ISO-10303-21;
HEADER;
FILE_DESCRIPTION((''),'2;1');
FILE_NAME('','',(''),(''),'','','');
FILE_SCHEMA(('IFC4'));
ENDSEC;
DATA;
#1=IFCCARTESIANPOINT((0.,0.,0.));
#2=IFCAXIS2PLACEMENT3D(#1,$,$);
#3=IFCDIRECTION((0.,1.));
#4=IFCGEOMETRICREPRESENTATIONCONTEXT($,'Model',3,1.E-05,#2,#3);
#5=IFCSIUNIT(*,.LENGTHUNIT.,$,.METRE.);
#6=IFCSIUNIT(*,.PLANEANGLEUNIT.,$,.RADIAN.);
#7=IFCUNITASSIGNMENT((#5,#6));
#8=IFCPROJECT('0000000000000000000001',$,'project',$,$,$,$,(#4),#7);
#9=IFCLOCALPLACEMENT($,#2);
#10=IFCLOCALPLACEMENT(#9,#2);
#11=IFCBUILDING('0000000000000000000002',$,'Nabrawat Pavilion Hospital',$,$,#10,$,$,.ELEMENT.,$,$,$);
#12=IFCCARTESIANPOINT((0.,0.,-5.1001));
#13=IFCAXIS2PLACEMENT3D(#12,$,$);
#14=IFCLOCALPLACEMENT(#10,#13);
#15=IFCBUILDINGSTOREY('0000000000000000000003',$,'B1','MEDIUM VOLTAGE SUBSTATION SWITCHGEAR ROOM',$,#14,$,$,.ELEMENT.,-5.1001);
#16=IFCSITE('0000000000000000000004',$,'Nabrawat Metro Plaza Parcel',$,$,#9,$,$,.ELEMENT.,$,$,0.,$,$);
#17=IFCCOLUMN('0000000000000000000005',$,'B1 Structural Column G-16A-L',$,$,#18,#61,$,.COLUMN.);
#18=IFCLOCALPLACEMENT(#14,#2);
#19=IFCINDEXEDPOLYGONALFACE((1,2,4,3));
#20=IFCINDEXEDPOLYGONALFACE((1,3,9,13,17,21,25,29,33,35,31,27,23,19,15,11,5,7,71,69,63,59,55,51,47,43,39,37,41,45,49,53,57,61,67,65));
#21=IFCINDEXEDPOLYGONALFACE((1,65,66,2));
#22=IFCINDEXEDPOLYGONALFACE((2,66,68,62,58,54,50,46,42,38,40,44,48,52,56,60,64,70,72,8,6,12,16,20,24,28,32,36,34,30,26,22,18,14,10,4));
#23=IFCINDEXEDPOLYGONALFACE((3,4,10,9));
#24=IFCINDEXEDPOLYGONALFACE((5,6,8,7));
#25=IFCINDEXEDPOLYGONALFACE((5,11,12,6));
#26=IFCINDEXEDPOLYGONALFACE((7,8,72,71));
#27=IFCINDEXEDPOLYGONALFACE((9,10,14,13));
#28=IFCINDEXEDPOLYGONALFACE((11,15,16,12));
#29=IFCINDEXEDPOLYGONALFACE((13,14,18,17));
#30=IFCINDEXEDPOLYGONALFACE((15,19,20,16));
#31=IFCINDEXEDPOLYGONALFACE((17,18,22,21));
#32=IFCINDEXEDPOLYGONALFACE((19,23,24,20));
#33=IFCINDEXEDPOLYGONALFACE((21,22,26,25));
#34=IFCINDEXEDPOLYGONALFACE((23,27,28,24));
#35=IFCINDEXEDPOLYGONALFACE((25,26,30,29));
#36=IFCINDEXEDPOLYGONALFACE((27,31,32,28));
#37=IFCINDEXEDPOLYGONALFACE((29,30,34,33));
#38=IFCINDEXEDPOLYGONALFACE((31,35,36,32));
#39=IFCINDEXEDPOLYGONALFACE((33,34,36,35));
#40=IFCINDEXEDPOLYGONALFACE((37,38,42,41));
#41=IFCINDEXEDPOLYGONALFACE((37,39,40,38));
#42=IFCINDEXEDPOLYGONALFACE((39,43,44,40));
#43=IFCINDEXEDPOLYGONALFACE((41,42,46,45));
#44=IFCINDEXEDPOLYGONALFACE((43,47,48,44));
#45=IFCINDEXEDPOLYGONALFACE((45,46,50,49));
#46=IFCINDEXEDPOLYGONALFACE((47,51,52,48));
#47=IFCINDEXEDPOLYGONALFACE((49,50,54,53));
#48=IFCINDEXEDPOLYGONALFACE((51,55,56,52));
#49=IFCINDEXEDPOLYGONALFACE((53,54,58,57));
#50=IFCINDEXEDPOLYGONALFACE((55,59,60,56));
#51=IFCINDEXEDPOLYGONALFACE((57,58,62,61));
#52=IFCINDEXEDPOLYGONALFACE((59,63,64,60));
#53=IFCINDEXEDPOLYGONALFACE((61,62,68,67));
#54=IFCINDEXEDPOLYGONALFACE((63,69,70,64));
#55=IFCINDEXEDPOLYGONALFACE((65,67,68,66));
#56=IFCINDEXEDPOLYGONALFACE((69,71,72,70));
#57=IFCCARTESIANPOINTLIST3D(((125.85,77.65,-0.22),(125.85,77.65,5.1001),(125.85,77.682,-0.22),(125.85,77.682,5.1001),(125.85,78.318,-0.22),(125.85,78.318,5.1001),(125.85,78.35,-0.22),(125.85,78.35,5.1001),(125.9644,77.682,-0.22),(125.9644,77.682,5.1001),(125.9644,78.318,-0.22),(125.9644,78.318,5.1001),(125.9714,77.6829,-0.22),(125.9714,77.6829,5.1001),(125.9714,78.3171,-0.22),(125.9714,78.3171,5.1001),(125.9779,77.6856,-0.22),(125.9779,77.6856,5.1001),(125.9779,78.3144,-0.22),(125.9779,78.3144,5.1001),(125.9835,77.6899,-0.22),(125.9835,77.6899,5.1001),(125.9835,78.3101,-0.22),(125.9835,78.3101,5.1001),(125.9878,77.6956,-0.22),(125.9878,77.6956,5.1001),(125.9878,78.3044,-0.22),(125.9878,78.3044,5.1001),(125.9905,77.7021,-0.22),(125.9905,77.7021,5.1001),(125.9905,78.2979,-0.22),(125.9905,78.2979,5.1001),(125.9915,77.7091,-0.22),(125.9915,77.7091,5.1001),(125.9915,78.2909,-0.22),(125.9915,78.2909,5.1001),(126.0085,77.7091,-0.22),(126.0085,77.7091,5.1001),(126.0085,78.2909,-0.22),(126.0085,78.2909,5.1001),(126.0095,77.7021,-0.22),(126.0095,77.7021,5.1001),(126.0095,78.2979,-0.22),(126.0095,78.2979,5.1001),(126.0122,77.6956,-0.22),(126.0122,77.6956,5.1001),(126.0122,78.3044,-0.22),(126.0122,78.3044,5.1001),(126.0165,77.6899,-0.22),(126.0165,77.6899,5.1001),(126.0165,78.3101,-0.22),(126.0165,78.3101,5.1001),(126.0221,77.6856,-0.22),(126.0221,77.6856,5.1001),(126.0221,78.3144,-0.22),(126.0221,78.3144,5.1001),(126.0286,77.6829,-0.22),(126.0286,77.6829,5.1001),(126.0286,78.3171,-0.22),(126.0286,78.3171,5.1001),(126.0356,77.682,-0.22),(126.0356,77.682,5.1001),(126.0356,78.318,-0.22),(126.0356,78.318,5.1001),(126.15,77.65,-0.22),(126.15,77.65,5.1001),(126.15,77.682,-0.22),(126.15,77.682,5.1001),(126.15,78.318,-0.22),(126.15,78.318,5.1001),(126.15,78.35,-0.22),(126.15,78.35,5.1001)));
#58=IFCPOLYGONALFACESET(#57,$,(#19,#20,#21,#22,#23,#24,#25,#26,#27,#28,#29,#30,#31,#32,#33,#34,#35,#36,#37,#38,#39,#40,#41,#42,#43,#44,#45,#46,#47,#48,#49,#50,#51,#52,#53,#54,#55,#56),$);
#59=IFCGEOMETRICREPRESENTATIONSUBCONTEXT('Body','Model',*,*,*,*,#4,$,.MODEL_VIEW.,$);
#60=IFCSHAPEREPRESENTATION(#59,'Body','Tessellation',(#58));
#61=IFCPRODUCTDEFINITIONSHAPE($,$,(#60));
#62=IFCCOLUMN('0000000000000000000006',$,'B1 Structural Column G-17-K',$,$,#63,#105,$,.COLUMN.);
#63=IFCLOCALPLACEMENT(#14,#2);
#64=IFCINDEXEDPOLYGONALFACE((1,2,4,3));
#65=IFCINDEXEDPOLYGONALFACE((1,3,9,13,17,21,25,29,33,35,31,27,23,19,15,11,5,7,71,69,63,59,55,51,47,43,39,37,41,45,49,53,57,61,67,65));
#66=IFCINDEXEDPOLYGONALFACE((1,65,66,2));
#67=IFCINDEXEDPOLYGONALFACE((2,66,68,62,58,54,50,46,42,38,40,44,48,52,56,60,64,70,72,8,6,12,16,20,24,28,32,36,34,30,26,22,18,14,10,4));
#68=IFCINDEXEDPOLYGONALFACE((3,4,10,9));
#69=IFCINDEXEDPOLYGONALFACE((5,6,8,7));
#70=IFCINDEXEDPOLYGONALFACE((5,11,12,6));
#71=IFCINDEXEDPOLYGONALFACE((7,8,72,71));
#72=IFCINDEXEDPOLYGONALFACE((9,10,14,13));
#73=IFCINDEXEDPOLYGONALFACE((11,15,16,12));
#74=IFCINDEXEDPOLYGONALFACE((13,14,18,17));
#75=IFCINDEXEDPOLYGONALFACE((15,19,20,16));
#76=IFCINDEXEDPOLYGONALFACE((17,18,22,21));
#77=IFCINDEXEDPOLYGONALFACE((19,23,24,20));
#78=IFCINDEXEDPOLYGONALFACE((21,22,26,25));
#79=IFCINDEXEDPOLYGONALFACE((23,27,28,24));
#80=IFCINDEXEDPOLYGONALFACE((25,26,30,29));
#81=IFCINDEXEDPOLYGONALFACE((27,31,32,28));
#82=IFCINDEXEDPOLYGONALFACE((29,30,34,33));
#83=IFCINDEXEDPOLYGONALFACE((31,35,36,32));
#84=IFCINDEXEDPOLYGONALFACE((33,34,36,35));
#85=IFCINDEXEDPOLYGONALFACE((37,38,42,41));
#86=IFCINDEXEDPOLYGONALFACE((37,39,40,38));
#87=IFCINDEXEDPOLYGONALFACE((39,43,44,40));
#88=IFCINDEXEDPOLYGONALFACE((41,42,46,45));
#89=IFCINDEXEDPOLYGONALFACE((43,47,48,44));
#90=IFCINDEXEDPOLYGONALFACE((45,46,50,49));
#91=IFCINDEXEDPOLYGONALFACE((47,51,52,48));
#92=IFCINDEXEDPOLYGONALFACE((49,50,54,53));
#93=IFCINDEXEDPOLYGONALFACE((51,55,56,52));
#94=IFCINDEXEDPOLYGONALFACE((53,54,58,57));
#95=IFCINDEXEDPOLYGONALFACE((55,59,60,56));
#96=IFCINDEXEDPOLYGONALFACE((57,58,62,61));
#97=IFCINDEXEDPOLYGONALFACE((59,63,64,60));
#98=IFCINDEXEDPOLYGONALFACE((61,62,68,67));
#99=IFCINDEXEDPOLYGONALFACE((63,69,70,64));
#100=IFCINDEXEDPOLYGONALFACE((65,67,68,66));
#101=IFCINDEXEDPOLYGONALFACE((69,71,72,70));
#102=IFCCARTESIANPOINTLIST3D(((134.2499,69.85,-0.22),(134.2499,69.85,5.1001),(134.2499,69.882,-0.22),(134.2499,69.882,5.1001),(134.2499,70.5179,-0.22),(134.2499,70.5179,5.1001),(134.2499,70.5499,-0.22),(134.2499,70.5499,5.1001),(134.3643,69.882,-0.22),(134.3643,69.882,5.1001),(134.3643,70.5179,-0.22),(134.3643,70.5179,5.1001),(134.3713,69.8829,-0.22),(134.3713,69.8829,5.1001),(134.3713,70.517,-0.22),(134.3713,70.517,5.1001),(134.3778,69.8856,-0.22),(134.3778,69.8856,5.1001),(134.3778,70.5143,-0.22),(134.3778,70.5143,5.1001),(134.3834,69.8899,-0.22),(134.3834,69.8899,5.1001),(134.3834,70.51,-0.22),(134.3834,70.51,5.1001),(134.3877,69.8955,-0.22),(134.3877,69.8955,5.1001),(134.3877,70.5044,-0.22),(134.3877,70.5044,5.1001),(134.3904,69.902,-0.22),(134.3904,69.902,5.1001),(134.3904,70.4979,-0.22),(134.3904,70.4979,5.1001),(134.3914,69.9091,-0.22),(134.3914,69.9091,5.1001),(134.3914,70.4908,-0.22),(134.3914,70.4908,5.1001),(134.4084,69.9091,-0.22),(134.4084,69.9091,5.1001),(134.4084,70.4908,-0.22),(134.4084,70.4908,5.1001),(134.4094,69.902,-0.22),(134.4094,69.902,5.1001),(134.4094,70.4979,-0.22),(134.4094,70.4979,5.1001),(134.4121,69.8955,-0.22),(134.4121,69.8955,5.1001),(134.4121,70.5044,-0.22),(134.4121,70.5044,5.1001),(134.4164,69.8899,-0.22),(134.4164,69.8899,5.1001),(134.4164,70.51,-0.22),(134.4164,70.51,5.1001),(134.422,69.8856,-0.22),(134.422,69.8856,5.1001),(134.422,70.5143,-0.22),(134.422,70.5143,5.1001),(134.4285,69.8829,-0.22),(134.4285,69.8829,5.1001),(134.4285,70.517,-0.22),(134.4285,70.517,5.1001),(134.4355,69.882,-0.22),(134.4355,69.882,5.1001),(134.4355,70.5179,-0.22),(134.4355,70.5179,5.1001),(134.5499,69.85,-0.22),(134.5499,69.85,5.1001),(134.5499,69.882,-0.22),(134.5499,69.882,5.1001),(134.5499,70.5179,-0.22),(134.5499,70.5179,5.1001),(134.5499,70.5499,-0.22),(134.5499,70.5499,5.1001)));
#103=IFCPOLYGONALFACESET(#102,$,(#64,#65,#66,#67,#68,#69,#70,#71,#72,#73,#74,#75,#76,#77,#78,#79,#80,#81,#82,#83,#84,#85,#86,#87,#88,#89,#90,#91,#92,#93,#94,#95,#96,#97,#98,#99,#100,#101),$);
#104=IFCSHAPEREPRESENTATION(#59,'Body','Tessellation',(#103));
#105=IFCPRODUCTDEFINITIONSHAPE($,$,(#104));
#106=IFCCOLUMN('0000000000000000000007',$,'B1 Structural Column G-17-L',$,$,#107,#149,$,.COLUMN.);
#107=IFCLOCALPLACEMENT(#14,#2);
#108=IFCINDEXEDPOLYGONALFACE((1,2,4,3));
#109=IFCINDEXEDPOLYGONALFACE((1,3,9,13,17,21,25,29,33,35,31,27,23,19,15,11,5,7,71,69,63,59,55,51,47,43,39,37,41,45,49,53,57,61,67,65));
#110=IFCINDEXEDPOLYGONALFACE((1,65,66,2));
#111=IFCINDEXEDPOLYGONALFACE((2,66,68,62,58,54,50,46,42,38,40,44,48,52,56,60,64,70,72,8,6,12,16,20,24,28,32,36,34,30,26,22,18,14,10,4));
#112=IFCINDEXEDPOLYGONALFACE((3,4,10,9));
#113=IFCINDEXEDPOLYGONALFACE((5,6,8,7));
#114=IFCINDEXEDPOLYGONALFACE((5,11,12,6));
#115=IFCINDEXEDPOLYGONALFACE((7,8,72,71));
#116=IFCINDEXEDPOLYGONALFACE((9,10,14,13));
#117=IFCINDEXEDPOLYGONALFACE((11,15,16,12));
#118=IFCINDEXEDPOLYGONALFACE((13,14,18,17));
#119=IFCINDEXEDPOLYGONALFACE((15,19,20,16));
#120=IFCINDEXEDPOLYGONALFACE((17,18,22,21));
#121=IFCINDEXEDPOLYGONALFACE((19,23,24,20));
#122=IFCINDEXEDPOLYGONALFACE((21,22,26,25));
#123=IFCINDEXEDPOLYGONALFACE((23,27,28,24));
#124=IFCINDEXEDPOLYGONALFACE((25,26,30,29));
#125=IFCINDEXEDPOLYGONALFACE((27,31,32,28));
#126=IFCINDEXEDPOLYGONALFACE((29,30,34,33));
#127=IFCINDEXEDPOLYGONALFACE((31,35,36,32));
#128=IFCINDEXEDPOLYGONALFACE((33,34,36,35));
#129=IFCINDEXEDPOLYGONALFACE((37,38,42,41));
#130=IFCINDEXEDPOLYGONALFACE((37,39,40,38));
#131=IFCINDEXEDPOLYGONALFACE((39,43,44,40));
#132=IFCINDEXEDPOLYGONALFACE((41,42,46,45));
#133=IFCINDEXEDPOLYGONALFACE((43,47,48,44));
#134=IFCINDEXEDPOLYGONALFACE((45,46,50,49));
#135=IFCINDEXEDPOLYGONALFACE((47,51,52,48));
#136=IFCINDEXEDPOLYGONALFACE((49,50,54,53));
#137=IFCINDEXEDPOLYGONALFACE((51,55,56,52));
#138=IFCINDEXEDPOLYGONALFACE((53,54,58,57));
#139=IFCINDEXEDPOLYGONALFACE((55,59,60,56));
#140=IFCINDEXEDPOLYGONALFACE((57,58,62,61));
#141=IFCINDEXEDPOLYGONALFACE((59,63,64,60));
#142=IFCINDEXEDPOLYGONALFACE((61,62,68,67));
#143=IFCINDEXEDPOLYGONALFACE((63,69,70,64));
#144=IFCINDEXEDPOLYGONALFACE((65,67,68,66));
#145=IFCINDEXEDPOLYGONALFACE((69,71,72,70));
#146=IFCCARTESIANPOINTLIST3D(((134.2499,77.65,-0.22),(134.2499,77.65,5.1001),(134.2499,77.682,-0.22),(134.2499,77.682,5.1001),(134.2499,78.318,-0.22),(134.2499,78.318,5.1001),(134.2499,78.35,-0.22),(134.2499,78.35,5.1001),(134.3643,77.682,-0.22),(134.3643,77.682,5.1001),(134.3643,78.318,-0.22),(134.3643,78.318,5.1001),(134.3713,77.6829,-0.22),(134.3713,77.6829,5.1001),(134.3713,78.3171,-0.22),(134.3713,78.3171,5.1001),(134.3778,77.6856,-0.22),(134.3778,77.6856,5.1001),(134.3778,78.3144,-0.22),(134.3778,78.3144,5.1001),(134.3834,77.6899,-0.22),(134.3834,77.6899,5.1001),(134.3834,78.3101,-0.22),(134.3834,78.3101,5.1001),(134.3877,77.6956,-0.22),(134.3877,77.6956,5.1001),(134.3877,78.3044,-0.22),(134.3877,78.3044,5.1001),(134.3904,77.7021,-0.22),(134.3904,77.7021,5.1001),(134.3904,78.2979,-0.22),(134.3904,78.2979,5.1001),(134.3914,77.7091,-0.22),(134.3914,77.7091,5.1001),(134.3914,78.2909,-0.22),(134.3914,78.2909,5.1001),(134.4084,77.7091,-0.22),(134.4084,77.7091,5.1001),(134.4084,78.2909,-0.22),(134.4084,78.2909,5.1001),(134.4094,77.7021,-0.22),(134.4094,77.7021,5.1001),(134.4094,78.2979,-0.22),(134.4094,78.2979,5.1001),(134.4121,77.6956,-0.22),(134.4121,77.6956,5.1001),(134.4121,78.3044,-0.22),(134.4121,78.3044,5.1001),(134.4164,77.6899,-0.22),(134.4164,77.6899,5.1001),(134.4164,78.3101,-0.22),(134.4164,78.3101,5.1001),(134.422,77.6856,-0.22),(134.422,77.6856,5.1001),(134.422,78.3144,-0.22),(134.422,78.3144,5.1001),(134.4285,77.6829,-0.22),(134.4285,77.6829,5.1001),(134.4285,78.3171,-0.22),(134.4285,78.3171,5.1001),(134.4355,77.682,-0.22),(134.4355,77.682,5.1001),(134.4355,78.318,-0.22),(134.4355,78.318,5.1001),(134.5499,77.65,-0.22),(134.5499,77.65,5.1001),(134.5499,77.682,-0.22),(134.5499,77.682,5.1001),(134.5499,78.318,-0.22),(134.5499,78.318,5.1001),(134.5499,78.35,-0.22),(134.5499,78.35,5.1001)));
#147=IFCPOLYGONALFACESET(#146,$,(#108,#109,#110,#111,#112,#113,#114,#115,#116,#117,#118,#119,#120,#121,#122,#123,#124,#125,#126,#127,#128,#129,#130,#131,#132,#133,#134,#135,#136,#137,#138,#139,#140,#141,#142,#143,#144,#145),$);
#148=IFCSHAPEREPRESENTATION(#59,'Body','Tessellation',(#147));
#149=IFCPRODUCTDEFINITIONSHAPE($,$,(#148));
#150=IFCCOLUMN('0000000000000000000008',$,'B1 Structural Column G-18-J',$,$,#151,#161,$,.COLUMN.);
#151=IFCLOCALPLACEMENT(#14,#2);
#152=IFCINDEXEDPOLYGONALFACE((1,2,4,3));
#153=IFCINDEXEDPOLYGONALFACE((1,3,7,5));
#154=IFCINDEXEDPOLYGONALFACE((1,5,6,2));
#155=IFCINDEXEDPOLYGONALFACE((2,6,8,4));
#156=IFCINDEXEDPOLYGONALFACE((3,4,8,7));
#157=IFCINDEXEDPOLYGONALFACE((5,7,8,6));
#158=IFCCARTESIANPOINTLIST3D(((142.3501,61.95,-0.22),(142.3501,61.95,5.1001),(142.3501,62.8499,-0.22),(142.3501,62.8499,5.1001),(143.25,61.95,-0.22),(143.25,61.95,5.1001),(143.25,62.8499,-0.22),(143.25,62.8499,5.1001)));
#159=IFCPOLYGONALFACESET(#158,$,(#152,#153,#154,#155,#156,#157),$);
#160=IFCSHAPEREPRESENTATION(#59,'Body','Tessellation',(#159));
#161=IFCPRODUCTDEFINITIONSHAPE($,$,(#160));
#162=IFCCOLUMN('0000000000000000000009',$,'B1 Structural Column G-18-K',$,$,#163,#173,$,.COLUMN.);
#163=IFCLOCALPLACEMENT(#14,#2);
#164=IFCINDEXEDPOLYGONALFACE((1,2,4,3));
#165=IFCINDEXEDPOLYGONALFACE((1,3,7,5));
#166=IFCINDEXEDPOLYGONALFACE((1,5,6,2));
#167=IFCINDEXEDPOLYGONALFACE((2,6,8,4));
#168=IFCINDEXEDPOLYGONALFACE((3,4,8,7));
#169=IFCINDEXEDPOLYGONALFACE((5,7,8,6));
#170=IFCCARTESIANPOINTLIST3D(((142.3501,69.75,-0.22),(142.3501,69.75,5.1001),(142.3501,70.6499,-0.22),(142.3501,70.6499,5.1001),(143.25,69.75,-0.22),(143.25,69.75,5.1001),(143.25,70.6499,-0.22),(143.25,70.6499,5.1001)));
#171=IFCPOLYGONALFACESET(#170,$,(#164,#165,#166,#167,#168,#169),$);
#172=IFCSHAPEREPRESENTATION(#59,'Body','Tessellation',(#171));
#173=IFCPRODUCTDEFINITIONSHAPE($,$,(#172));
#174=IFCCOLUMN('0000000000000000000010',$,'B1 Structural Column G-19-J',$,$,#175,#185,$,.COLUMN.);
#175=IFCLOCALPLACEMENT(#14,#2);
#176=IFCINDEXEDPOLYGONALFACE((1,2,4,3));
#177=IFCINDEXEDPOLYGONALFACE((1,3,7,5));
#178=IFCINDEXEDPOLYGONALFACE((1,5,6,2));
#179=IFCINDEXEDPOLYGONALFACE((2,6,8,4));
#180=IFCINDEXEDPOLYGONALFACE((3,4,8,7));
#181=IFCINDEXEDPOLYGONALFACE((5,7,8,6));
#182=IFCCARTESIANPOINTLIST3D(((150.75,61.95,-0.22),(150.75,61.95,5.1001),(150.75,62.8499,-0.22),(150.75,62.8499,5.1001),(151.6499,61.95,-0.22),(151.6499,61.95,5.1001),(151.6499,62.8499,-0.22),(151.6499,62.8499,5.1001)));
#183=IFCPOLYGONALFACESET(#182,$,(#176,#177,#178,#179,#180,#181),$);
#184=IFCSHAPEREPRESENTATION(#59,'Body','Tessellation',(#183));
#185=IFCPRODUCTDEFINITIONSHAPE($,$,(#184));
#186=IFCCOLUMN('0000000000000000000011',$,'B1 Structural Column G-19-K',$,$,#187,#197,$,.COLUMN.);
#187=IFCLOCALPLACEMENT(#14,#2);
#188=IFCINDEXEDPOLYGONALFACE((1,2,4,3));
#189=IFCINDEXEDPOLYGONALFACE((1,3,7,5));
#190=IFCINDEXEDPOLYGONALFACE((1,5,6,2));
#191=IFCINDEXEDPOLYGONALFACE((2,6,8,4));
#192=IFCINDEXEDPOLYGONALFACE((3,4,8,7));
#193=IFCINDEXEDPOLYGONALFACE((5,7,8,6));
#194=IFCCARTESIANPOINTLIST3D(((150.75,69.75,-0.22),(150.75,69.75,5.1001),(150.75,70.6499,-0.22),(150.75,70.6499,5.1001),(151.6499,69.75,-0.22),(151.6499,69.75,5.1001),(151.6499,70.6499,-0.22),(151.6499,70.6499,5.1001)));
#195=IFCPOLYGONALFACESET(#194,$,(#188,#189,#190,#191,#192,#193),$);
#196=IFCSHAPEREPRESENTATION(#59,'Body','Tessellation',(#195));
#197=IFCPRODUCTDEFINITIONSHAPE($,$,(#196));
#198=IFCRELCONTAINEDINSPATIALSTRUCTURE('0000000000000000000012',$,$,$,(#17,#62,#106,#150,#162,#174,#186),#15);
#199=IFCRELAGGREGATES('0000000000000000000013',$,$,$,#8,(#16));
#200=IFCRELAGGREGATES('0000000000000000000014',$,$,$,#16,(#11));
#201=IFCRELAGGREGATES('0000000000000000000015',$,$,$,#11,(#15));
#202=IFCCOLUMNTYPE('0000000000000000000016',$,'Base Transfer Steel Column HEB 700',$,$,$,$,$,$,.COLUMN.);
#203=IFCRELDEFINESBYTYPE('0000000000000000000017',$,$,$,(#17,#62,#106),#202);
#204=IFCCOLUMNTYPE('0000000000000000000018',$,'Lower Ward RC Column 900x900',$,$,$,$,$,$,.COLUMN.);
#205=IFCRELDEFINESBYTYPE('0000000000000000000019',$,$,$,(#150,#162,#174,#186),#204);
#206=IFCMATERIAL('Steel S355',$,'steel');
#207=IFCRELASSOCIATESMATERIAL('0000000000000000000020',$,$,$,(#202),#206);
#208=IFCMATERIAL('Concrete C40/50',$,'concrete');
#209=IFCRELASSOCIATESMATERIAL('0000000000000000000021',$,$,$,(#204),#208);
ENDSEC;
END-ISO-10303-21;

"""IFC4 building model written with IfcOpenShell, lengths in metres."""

from ifc_helpers import new_model, si_unit, direction, frame, origin, origin_2d, place, context, subcontext, project, spatial, rectangle, i_section, extrude, material, material_profile, profile_set, type_object, element, save


model = new_model("IFC4")

# Units and contexts
model_context = context("Model", 3, precision=1e-05, world=origin(), true_north=direction((0.0, 1.0)))
body_context = subcontext(model_context, "Body", "Model", "MODEL_VIEW")
ifc_project = project(units=[si_unit("LENGTHUNIT", "METRE"), si_unit("PLANEANGLEUNIT", "RADIAN")], contexts=[model_context])

# Site, building, storey
site_placement = place(None, origin())
site = spatial("IfcSite", under=ifc_project, at=site_placement, Name="Nabrawat Metro Plaza Parcel", CompositionType="ELEMENT", RefElevation=0.0)
building_placement = place(site_placement, origin())
building = spatial("IfcBuilding", under=site, at=building_placement, Name="Nabrawat Pavilion Hospital", CompositionType="ELEMENT")
storey_placement = place(building_placement, frame((0.0, 0.0, -5.1001)))
storey = spatial("IfcBuildingStorey", under=building, at=storey_placement, Name="B1", Description="MEDIUM VOLTAGE SUBSTATION SWITCHGEAR ROOM", CompositionType="ELEMENT", Elevation=-5.1001)

# Columns
ifc_material_1 = material(Name="Steel S355", Category="steel")
ifc_material_profile_1 = material_profile(ifc_material_1, i_section(OverallWidth=0.3, OverallDepth=0.7, WebThickness=0.0171, FlangeThickness=0.032, FilletRadius=0.0271, at=origin_2d()), Name="HEB 700")
ifc_profile_set_1 = profile_set([ifc_material_profile_1], Name="Steel S355")
column_type_1 = type_object("IfcColumnType", Name="Base Transfer Steel Column HEB 700", PredefinedType="COLUMN", material=ifc_profile_set_1)
for number, where, z_axis, x_axis, name in (
    (1, (126.0, 78.0, -0.22), (0.0, 0.0, 1.0), (1.0, 0.0, 0.0), "B1 Structural Column G-16A-L"),
    (2, (134.3999, 70.2, -0.22), (0.0, 0.0, 1.0), (1.0, 0.0, 0.0), "B1 Structural Column G-17-K"),
    (3, (134.3999, 78.0, -0.22), (0.0, 0.0, 1.0), (1.0, 0.0, 0.0), "B1 Structural Column G-17-L"),
):
    element("IfcColumn", number, at=place(storey_placement, frame(where, z_axis=z_axis, x_axis=x_axis)), inside=storey, type_object=column_type_1, Name=name, PredefinedType="COLUMN", context=body_context, shape_type="SweptSolid", body=[
        extrude(i_section(OverallWidth=0.3, OverallDepth=0.7, WebThickness=0.0171, FlangeThickness=0.032, FilletRadius=0.0271, at=origin_2d()), origin(), (0.0, 0.0, 1.0), 5.3201),
    ])
ifc_material_2 = material(Name="Concrete C40/50", Category="concrete")
ifc_material_profile_2 = material_profile(ifc_material_2, rectangle(XDim=0.8999, YDim=0.8999, at=origin_2d()), Name="RC 900x900")
ifc_profile_set_2 = profile_set([ifc_material_profile_2], Name="Concrete C40/50")
column_type_2 = type_object("IfcColumnType", Name="Lower Ward RC Column 900x900", PredefinedType="COLUMN", material=ifc_profile_set_2)
for number, where, z_axis, x_axis, name in (
    (4, (142.8, 62.3999, -0.22), (0.0, 0.0, 1.0), (1.0, 0.0, 0.0), "B1 Structural Column G-18-J"),
    (5, (142.8, 70.2, -0.22), (0.0, 0.0, 1.0), (1.0, 0.0, 0.0), "B1 Structural Column G-18-K"),
    (6, (151.2, 62.3999, -0.22), (0.0, 0.0, 1.0), (1.0, 0.0, 0.0), "B1 Structural Column G-19-J"),
    (7, (151.2, 70.2, -0.22), (0.0, 0.0, 1.0), (1.0, 0.0, 0.0), "B1 Structural Column G-19-K"),
):
    element("IfcColumn", number, at=place(storey_placement, frame(where, z_axis=z_axis, x_axis=x_axis)), inside=storey, type_object=column_type_2, Name=name, PredefinedType="COLUMN", context=body_context, shape_type="SweptSolid", body=[
        extrude(rectangle(XDim=0.8999, YDim=0.8999, at=origin_2d()), origin(), (0.0, 0.0, 1.0), 5.3201),
    ])

save(model, "model.ifc")
